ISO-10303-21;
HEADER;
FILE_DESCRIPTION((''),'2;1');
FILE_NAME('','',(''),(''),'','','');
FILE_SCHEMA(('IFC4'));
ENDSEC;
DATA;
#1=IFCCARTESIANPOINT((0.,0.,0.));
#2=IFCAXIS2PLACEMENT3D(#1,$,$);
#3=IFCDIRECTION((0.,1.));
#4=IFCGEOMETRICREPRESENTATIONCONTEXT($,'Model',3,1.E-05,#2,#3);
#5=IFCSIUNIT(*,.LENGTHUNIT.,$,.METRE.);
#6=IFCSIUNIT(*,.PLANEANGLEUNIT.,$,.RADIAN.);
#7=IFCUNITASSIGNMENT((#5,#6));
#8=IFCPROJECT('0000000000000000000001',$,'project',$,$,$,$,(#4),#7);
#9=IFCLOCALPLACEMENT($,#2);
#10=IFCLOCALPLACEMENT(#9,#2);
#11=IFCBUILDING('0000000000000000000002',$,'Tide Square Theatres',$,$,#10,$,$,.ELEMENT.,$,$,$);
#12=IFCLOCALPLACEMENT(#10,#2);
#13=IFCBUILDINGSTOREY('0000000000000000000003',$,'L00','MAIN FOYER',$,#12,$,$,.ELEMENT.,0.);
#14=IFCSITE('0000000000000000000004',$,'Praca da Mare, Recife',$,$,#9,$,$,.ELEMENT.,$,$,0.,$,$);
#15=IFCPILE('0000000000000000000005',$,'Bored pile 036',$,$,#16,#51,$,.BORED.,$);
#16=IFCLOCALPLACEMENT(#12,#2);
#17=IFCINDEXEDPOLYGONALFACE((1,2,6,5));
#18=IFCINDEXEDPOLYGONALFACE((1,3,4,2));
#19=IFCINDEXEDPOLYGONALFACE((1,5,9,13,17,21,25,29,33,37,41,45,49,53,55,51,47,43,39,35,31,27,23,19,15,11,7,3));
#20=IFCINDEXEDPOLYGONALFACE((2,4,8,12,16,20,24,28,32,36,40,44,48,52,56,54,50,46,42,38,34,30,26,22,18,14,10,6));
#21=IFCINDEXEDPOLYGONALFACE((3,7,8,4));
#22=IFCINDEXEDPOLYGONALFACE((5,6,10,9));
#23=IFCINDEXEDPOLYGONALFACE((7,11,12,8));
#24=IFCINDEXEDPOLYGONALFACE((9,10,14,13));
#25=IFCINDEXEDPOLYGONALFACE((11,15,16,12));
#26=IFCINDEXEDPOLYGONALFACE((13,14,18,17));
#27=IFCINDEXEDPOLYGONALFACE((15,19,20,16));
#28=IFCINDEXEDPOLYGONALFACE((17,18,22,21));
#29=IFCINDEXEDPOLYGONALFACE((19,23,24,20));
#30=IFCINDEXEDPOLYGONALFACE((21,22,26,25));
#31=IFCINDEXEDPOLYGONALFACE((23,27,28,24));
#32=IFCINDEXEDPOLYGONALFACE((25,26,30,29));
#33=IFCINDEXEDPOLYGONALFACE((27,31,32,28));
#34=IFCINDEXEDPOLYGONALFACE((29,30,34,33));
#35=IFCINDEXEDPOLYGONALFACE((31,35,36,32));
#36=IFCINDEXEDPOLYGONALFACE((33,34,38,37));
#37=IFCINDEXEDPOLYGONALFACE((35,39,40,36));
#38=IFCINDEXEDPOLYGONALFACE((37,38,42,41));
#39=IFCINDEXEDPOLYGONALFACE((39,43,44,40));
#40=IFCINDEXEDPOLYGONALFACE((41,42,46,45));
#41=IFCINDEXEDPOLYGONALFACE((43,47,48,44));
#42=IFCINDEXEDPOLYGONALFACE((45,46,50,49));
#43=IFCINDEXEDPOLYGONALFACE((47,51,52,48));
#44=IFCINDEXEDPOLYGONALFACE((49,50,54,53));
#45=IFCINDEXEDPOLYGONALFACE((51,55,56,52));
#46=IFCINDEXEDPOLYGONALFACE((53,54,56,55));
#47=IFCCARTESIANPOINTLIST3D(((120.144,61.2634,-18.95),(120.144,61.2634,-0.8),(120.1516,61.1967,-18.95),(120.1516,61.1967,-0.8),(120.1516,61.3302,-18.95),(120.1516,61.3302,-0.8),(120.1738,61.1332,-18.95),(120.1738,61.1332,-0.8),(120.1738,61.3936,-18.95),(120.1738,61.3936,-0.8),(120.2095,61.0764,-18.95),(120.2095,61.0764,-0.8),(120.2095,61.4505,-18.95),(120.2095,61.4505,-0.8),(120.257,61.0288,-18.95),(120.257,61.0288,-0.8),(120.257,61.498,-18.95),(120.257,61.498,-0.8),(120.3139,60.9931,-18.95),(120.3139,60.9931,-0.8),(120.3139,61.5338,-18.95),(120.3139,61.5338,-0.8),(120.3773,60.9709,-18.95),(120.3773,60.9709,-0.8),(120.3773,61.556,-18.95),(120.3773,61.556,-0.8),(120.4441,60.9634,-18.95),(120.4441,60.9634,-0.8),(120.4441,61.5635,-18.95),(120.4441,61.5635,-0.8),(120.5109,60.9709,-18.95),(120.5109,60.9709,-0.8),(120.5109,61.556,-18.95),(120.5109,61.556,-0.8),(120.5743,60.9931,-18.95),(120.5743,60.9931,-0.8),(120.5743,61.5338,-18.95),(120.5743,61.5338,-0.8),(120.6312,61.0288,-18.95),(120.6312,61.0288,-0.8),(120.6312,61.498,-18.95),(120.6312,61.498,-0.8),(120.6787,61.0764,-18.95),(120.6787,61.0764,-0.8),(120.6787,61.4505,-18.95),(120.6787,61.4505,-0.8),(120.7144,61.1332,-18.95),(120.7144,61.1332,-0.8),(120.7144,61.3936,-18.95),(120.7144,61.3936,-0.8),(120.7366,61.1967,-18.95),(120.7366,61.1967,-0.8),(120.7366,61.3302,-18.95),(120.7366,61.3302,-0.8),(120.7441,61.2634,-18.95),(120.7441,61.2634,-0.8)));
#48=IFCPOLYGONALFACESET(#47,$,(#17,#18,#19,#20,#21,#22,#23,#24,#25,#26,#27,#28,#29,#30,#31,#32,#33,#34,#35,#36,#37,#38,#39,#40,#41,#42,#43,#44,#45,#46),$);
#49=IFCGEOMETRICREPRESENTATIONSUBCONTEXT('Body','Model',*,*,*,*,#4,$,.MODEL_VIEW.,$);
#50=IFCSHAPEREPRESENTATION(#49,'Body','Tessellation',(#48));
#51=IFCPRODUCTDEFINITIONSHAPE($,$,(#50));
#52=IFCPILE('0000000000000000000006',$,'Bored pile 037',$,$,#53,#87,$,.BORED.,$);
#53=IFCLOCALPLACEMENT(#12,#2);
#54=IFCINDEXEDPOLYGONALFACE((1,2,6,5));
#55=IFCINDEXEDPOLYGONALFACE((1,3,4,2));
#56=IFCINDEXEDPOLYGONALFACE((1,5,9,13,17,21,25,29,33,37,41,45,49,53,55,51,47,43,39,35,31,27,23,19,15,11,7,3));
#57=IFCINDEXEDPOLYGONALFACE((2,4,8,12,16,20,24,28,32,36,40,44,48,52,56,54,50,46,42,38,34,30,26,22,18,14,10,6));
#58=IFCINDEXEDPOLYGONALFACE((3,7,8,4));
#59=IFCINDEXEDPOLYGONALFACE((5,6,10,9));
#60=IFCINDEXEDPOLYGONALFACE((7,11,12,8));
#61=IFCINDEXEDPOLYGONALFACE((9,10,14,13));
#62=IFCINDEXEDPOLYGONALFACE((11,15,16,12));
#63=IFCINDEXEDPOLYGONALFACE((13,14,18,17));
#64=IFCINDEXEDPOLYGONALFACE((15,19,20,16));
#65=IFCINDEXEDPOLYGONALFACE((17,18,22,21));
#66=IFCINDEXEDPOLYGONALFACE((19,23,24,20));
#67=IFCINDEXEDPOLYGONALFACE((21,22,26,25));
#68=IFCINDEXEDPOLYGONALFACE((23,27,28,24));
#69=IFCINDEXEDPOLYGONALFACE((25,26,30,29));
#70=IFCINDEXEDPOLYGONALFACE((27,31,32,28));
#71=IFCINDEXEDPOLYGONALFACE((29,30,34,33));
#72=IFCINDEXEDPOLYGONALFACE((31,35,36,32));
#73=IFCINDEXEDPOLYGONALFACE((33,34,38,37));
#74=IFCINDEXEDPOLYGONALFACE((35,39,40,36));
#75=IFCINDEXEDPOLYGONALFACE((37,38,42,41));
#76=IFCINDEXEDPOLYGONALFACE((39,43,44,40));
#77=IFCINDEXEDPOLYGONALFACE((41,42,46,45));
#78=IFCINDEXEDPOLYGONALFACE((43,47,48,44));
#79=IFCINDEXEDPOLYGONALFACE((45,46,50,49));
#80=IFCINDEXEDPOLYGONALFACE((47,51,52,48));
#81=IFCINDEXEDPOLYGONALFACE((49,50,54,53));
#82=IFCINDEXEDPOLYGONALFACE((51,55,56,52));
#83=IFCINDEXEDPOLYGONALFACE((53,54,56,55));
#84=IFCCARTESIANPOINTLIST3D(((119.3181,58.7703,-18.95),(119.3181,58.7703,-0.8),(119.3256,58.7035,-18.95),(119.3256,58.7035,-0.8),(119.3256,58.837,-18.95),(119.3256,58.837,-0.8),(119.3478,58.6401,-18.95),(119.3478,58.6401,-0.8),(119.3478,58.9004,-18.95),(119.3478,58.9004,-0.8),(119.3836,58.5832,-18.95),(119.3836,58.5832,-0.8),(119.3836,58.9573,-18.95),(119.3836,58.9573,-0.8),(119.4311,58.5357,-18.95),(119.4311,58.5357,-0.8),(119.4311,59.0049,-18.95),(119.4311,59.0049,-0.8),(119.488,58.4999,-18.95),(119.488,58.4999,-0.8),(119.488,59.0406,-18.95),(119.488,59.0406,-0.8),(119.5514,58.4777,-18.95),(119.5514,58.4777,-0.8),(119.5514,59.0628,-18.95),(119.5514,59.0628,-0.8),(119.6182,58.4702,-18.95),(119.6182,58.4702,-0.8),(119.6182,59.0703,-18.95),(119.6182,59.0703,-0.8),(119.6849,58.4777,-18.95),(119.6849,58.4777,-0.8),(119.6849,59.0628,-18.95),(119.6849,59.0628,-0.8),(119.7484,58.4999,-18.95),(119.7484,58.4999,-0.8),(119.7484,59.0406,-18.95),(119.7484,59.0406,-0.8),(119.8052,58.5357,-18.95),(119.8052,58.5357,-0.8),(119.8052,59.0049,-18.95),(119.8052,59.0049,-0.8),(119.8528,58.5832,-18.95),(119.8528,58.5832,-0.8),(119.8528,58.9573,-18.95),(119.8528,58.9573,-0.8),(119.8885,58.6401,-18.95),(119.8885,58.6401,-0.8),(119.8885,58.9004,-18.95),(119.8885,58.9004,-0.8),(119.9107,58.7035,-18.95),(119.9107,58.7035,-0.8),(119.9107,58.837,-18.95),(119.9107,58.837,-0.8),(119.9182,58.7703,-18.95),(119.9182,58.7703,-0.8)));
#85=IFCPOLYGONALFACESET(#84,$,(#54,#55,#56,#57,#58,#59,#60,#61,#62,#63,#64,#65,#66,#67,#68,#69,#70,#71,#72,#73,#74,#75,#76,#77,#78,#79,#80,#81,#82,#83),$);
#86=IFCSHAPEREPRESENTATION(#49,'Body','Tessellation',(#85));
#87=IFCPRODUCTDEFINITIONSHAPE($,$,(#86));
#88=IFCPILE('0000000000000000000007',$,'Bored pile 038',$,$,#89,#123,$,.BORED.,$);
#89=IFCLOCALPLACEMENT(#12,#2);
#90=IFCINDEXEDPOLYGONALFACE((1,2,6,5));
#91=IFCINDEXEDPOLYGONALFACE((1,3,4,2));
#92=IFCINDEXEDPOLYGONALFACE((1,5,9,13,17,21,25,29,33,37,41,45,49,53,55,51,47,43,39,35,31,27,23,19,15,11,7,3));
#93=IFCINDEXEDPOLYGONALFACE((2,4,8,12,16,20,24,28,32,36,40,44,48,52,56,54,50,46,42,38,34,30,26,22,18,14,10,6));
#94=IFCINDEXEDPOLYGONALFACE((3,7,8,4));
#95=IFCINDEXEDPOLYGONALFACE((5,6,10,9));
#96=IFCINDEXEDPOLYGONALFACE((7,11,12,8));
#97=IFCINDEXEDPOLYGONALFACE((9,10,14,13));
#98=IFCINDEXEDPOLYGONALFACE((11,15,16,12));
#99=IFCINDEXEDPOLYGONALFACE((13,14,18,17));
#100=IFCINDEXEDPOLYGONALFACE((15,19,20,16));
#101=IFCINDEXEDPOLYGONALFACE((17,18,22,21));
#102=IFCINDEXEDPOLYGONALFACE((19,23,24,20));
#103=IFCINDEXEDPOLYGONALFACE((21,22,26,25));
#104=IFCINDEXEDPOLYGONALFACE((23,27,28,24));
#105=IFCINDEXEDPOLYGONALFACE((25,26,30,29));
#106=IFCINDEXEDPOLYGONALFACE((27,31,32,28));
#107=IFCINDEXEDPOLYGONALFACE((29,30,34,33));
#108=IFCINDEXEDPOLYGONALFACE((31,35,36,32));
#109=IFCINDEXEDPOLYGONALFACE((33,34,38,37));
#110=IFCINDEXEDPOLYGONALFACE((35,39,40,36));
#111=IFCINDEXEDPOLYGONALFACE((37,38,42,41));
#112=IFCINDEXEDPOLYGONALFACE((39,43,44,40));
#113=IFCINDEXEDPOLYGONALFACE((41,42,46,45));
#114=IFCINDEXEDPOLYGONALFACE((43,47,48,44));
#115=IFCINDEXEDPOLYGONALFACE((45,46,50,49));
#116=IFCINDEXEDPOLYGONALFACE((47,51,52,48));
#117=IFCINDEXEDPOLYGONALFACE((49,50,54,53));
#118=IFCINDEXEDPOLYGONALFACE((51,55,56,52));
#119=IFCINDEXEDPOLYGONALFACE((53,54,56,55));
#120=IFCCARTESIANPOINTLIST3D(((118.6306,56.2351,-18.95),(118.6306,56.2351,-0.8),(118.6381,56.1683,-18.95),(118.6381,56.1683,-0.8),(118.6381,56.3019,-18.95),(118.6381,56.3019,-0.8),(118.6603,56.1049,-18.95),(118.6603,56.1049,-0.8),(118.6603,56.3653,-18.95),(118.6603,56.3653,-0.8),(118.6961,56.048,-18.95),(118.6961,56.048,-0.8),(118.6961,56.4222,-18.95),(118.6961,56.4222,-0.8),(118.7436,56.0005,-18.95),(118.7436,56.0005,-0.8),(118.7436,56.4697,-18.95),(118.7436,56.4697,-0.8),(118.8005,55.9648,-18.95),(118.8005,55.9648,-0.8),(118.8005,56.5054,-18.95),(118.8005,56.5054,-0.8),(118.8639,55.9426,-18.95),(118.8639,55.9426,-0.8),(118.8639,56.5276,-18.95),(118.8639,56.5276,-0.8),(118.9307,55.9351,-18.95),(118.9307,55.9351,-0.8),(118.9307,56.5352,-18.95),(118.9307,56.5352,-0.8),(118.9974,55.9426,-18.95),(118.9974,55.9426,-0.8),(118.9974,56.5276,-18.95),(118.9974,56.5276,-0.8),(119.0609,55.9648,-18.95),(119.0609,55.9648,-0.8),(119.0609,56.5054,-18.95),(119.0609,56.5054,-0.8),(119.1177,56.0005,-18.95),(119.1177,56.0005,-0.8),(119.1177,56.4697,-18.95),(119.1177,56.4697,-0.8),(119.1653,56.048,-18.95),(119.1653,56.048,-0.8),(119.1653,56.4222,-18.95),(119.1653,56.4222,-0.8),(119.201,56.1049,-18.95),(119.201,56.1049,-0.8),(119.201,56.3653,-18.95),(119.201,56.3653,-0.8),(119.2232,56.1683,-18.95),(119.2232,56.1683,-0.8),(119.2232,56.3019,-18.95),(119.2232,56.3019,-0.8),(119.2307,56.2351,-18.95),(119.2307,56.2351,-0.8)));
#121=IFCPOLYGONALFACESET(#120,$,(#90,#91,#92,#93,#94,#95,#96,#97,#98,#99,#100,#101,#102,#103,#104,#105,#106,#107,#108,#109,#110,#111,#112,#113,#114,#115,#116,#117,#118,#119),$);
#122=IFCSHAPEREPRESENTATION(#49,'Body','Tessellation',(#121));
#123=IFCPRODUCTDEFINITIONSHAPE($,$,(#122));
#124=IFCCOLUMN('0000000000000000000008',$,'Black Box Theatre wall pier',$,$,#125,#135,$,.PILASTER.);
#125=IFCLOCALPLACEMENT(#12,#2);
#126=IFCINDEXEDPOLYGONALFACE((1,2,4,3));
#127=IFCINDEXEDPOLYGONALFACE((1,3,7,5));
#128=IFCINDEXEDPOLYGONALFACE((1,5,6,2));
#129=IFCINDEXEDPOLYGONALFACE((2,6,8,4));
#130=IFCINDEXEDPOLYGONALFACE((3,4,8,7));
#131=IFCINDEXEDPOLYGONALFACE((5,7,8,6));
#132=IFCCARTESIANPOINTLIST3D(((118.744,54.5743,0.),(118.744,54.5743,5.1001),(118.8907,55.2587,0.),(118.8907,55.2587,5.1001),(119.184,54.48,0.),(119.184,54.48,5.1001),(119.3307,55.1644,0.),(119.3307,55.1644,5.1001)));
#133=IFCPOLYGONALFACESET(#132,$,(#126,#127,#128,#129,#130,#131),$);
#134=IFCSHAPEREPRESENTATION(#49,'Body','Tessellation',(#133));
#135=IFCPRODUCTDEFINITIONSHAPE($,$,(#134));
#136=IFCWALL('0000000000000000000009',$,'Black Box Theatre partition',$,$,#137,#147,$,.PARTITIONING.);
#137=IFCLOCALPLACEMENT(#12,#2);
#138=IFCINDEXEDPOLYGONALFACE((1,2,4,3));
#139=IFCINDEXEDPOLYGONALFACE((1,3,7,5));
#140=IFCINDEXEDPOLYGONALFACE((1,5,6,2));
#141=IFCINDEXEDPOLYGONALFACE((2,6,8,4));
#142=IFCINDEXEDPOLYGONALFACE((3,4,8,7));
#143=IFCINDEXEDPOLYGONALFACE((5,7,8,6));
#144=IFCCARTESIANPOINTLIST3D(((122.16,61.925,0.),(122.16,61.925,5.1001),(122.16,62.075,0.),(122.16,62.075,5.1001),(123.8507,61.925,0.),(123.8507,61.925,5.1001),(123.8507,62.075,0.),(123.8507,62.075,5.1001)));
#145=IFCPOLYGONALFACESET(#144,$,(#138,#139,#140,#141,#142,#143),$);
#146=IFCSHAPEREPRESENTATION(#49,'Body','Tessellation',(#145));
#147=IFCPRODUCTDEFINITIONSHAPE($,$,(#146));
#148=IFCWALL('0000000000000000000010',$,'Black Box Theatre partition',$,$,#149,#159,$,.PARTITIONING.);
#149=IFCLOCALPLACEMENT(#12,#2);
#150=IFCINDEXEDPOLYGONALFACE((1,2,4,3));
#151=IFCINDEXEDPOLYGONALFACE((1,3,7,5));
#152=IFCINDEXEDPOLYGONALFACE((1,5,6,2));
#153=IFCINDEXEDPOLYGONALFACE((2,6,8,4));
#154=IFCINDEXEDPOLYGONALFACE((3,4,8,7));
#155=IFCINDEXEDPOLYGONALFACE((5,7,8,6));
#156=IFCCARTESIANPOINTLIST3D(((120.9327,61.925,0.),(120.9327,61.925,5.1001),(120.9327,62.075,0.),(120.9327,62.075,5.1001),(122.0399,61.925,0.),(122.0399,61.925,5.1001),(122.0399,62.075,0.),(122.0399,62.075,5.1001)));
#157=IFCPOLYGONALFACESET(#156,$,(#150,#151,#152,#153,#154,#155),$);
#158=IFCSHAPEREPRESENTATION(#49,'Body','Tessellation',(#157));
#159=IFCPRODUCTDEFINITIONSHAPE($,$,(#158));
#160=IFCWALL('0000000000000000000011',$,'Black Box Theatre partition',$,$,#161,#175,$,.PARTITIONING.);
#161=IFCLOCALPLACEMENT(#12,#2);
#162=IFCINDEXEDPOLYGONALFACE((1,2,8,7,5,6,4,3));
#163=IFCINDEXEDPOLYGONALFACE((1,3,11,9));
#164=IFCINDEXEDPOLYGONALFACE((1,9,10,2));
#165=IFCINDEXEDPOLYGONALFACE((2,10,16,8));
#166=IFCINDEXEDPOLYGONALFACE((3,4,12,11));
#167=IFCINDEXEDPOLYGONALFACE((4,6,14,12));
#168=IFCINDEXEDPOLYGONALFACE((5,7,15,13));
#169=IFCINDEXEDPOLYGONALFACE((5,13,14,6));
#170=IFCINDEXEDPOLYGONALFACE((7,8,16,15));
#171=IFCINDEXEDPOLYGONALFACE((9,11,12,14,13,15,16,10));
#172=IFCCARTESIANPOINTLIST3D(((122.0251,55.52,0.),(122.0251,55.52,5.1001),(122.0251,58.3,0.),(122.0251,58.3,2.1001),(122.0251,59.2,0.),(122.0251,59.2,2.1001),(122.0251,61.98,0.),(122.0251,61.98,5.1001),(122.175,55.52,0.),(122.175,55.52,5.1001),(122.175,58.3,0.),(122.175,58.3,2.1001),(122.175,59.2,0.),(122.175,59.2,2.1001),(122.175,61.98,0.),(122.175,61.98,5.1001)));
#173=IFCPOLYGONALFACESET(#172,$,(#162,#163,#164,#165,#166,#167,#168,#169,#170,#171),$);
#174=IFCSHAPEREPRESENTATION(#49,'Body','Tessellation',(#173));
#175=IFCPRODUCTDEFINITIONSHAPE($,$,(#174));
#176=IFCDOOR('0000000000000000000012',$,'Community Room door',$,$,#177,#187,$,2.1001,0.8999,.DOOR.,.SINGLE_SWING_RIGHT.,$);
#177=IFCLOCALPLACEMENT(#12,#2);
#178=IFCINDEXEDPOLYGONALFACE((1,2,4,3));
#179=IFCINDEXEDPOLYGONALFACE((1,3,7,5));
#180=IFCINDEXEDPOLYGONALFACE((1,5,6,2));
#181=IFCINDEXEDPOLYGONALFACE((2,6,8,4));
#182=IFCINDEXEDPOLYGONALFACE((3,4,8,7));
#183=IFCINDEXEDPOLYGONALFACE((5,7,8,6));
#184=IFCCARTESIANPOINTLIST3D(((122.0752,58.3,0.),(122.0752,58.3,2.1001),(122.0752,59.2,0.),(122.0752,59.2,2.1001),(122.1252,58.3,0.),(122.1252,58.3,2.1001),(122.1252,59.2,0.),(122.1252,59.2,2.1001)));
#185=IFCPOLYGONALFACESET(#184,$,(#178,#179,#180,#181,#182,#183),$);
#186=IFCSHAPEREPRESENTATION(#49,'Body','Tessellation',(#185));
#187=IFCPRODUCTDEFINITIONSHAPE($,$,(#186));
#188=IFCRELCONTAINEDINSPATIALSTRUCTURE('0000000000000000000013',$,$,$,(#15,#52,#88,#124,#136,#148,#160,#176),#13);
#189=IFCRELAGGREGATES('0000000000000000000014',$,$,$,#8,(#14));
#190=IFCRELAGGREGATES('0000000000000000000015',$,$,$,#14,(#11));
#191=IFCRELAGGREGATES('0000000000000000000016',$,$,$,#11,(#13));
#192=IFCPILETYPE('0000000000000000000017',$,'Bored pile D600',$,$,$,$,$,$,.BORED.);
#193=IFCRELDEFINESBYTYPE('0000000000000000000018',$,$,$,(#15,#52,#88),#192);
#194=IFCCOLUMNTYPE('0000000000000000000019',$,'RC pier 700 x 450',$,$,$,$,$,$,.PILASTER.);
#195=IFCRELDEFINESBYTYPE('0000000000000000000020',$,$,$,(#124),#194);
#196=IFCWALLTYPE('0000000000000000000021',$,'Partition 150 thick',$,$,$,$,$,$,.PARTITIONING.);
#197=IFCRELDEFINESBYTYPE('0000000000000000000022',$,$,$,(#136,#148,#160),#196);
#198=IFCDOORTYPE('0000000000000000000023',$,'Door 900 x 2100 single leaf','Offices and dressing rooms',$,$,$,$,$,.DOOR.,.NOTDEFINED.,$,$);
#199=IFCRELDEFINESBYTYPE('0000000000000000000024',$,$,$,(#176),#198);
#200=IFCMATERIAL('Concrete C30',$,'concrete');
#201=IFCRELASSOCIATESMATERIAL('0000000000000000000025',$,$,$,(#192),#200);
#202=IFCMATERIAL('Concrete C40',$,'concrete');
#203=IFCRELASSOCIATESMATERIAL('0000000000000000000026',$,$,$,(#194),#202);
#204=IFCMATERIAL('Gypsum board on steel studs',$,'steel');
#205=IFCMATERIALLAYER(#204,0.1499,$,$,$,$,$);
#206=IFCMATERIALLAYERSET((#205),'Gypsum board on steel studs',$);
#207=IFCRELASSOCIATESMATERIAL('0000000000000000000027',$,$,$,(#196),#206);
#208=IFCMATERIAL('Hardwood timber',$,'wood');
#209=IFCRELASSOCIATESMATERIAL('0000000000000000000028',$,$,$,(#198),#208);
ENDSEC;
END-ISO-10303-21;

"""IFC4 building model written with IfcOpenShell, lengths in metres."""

from ifc_helpers import new_model, si_unit, direction, frame, frame_2d, origin, origin_2d, place, context, subcontext, project, spatial, rectangle, circle, extrude, material, layer, layer_set, material_profile, profile_set, type_object, element, fill, save


model = new_model("IFC4")

# Units and contexts
model_context = context("Model", 3, precision=1e-05, world=origin(), true_north=direction((0.0, 1.0)))
body_context = subcontext(model_context, "Body", "Model", "MODEL_VIEW")
ifc_project = project(units=[si_unit("LENGTHUNIT", "METRE"), si_unit("PLANEANGLEUNIT", "RADIAN")], contexts=[model_context])

# Site, building, storey
site_placement = place(None, origin())
site = spatial("IfcSite", under=ifc_project, at=site_placement, Name="Praca da Mare, Recife", CompositionType="ELEMENT", RefElevation=0.0)
building_placement = place(site_placement, origin())
building = spatial("IfcBuilding", under=site, at=building_placement, Name="Tide Square Theatres", CompositionType="ELEMENT")
storey_placement = place(building_placement, origin())
storey = spatial("IfcBuildingStorey", under=building, at=storey_placement, Name="L00", Description="MAIN FOYER", CompositionType="ELEMENT", Elevation=0.0)

# Piles
ifc_material_1 = material(Name="Concrete C30", Category="concrete")
ifc_material_profile_1 = material_profile(ifc_material_1, circle(Radius=0.3, at=origin_2d()))
ifc_profile_set_1 = profile_set([ifc_material_profile_1], Name="Concrete C30")
pile_type = type_object("IfcPileType", Name="Bored pile D600", PredefinedType="BORED", material=ifc_profile_set_1)
for number, where, z_axis, x_axis, name in (
    (1, (120.4441, 61.2634, -0.8), (0.0, 0.0, -1.0), (1.0, 0.0, 0.0), "Bored pile 036"),
    (2, (119.6182, 58.7703, -0.8), (0.0, 0.0, -1.0), (1.0, 0.0, 0.0), "Bored pile 037"),
    (3, (118.9307, 56.2351, -0.8), (0.0, 0.0, -1.0), (1.0, 0.0, 0.0), "Bored pile 038"),
):
    element("IfcPile", number, at=place(storey_placement, frame(where, z_axis=z_axis, x_axis=x_axis)), inside=storey, type_object=pile_type, Name=name, PredefinedType="BORED", context=body_context, shape_type="SweptSolid", body=[
        extrude(circle(Radius=0.3, at=origin_2d()), origin(), (0.0, 0.0, 1.0), 18.1499),
    ])

# Column
ifc_material_2 = material(Name="Concrete C40", Category="concrete")
ifc_material_profile_2 = material_profile(ifc_material_2, rectangle(XDim=0.7, YDim=0.45, at=origin_2d()))
ifc_profile_set_2 = profile_set([ifc_material_profile_2], Name="Concrete C40")
column_type = type_object("IfcColumnType", Name="RC pier 700 x 450", PredefinedType="PILASTER", material=ifc_profile_set_2)
column_placement = place(storey_placement, frame((119.0374, 54.8694, 0.0), z_axis=(0.0, 0.0, 1.0), x_axis=(-0.209561, -0.977796, 0.0)))
element("IfcColumn", 4, at=column_placement, inside=storey, type_object=column_type, Name="Black Box Theatre wall pier", PredefinedType="PILASTER", context=body_context, shape_type="SweptSolid", body=[
    extrude(rectangle(XDim=0.7, YDim=0.45, at=origin_2d()), origin(), (0.0, 0.0, 1.0), 5.1001),
])

# Walls
ifc_material_3 = material(Name="Gypsum board on steel studs", Category="steel")
ifc_layer_1 = layer(ifc_material_3, 0.1499)
ifc_layer_set_1 = layer_set([ifc_layer_1], Name="Gypsum board on steel studs")
wall_type_1 = type_object("IfcWallType", Name="Partition 150 thick", PredefinedType="PARTITIONING", material=ifc_layer_set_1)
wall_1_placement = place(storey_placement, frame((123.8506, 62.0, 0.0), z_axis=(0.0, 0.0, 1.0), x_axis=(-1.0, 0.0, 0.0)))
element("IfcWall", 5, at=wall_1_placement, inside=storey, type_object=wall_type_1, Name="Black Box Theatre partition", PredefinedType="PARTITIONING", context=body_context, shape_type="SweptSolid", body=[
    extrude(rectangle(XDim=1.6907, YDim=0.1499, at=frame_2d((0.8452, 0.0))), origin(), (0.0, 0.0, 1.0), 5.1001),
])
wall_2_placement = place(storey_placement, frame((122.04, 62.0, 0.0), z_axis=(0.0, 0.0, 1.0), x_axis=(-1.0, 0.0, 0.0)))
element("IfcWall", 6, at=wall_2_placement, inside=storey, type_object=wall_type_1, Name="Black Box Theatre partition", PredefinedType="PARTITIONING", context=body_context, shape_type="SweptSolid", body=[
    extrude(rectangle(XDim=1.1072, YDim=0.1499, at=frame_2d((0.5537, 0.0))), origin(), (0.0, 0.0, 1.0), 5.1001),
])

# Wall, opening, door
wall_3_placement = place(storey_placement, frame((122.1001, 55.52, 0.0), z_axis=(0.0, 0.0, 1.0), x_axis=(0.0, 1.0, 0.0)))
wall_3 = element("IfcWall", 7, at=wall_3_placement, inside=storey, type_object=wall_type_1, Name="Black Box Theatre partition", PredefinedType="PARTITIONING", context=body_context, shape_type="SweptSolid", body=[
    extrude(rectangle(XDim=6.46, YDim=0.1499, at=frame_2d((3.23, 0.0))), origin(), (0.0, 0.0, 1.0), 5.1001),
])
opening_1_placement = place(wall_3_placement, frame((2.78, 0.0, 0.0)))
opening_1 = element("IfcOpeningElement", 8, at=opening_1_placement, cuts=wall_3, PredefinedType="OPENING", context=body_context, shape_type="SweptSolid", body=[
    extrude(rectangle(XDim=0.8999, YDim=2.1001, at=frame_2d((0.45, 1.05))), frame((0.0, 0.085, 0.0), z_axis=(0.0, -1.0, 0.0), x_axis=(1.0, 0.0, 0.0)), (0.0, 0.0, 1.0), 0.1699),
])
ifc_material_4 = material(Name="Hardwood timber", Category="wood")
door_type_1 = type_object("IfcDoorType", Name="Door 900 x 2100 single leaf", Description="Offices and dressing rooms", OperationType="NOTDEFINED", PredefinedType="DOOR", material=ifc_material_4)
door_1_placement = place(opening_1_placement, origin())
door_1 = element("IfcDoor", 9, at=door_1_placement, inside=storey, type_object=door_type_1, Name="Community Room door", OperationType="SINGLE_SWING_RIGHT", OverallHeight=2.1001, OverallWidth=0.8999, PredefinedType="DOOR", context=body_context, shape_type="SweptSolid", body=[
    extrude(rectangle(XDim=0.8999, YDim=2.1001, at=frame_2d((0.45, 1.05))), frame((0.0, 0.0249, 0.0), z_axis=(0.0, -1.0, 0.0), x_axis=(1.0, 0.0, 0.0)), (0.0, 0.0, 1.0), 0.05),
])
fill(opening_1, door_1)

save(model, "model.ifc")
